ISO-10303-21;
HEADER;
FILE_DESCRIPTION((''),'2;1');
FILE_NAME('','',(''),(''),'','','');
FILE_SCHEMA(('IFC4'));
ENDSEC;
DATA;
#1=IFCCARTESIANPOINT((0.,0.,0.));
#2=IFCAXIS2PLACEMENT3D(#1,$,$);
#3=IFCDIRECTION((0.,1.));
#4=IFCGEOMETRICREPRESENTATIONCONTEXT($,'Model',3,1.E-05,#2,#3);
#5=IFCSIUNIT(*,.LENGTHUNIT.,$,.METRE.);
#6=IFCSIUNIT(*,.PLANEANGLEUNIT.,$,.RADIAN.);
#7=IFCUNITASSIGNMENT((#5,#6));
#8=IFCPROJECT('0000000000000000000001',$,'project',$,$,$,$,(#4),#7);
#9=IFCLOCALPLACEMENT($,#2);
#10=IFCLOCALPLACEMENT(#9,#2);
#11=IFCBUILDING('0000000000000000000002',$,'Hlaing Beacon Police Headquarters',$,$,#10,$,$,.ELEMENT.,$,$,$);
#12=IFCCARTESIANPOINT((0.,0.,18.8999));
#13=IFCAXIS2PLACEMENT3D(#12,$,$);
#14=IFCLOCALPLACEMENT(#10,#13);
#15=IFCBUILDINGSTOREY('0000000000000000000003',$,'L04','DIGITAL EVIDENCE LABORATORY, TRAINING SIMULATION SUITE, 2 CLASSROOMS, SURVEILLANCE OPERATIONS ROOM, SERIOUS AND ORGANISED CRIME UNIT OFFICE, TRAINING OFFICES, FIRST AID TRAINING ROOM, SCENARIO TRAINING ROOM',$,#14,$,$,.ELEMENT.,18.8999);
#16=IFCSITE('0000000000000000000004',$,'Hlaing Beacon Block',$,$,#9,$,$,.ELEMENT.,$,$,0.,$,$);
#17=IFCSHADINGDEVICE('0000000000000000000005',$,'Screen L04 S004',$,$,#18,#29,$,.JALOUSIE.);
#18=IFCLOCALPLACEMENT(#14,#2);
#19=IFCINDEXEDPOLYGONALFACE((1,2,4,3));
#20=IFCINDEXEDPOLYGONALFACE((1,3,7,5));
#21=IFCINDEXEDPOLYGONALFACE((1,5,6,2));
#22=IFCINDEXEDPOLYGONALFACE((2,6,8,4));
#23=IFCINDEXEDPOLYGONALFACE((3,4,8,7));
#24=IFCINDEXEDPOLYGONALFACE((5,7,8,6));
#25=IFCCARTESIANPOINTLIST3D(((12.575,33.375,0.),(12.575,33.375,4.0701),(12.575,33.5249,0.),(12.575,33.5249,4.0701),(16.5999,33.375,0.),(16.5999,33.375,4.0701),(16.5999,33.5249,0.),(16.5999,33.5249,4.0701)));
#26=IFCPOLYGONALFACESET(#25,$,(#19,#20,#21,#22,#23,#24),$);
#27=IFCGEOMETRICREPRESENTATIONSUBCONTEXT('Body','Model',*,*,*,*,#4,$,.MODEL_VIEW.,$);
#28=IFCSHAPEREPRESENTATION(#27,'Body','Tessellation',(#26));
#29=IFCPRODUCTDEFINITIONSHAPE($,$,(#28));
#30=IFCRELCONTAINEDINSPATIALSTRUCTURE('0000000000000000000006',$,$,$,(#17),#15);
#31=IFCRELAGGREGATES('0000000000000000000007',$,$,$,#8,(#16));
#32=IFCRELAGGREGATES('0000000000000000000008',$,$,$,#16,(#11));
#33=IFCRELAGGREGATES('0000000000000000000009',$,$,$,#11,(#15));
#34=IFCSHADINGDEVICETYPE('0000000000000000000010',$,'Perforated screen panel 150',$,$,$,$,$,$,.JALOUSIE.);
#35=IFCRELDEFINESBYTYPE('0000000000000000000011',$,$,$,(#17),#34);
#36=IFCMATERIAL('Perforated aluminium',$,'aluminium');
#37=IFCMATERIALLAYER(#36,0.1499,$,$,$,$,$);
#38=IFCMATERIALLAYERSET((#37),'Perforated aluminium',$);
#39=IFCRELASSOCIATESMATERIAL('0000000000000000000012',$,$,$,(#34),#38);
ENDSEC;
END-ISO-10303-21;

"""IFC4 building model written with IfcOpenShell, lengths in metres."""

from ifc_helpers import new_model, si_unit, direction, frame, origin, origin_2d, place, context, subcontext, project, spatial, rectangle, extrude, material, layer, layer_set, type_object, element, save


model = new_model("IFC4")

# Units and contexts
model_context = context("Model", 3, precision=1e-05, world=origin(), true_north=direction((0.0, 1.0)))
body_context = subcontext(model_context, "Body", "Model", "MODEL_VIEW")
ifc_project = project(units=[si_unit("LENGTHUNIT", "METRE"), si_unit("PLANEANGLEUNIT", "RADIAN")], contexts=[model_context])

# Site, building, storey
site_placement = place(None, origin())
site = spatial("IfcSite", under=ifc_project, at=site_placement, Name="Hlaing Beacon Block", CompositionType="ELEMENT", RefElevation=0.0)
building_placement = place(site_placement, origin())
building = spatial("IfcBuilding", under=site, at=building_placement, Name="Hlaing Beacon Police Headquarters", CompositionType="ELEMENT")
storey_placement = place(building_placement, frame((0.0, 0.0, 18.8999)))
storey = spatial("IfcBuildingStorey", under=building, at=storey_placement, Name="L04", Description="DIGITAL EVIDENCE LABORATORY, TRAINING SIMULATION SUITE, 2 CLASSROOMS, SURVEILLANCE OPERATIONS ROOM, SERIOUS AND ORGANISED CRIME UNIT OFFICE, TRAINING OFFICES, FIRST AID TRAINING ROOM, SCENARIO TRAINING ROOM", CompositionType="ELEMENT", Elevation=18.8999)

# Shading device
ifc_material_1 = material(Name="Perforated aluminium", Category="aluminium")
ifc_layer_1 = layer(ifc_material_1, 0.1499)
ifc_layer_set_1 = layer_set([ifc_layer_1], Name="Perforated aluminium")
shading_device_type = type_object("IfcShadingDeviceType", Name="Perforated screen panel 150", PredefinedType="JALOUSIE", material=ifc_layer_set_1)
shading_device_placement = place(storey_placement, frame((14.5874, 33.45, 0.0), z_axis=(0.0, 0.0, 1.0), x_axis=(1.0, 0.0, 0.0)))
element("IfcShadingDevice", 1, at=shading_device_placement, inside=storey, type_object=shading_device_type, Name="Screen L04 S004", PredefinedType="JALOUSIE", context=body_context, shape_type="SweptSolid", body=[
    extrude(rectangle(XDim=4.0249, YDim=0.1499, at=origin_2d()), origin(), (0.0, 0.0, 1.0), 4.0701),
])

save(model, "model.ifc")
